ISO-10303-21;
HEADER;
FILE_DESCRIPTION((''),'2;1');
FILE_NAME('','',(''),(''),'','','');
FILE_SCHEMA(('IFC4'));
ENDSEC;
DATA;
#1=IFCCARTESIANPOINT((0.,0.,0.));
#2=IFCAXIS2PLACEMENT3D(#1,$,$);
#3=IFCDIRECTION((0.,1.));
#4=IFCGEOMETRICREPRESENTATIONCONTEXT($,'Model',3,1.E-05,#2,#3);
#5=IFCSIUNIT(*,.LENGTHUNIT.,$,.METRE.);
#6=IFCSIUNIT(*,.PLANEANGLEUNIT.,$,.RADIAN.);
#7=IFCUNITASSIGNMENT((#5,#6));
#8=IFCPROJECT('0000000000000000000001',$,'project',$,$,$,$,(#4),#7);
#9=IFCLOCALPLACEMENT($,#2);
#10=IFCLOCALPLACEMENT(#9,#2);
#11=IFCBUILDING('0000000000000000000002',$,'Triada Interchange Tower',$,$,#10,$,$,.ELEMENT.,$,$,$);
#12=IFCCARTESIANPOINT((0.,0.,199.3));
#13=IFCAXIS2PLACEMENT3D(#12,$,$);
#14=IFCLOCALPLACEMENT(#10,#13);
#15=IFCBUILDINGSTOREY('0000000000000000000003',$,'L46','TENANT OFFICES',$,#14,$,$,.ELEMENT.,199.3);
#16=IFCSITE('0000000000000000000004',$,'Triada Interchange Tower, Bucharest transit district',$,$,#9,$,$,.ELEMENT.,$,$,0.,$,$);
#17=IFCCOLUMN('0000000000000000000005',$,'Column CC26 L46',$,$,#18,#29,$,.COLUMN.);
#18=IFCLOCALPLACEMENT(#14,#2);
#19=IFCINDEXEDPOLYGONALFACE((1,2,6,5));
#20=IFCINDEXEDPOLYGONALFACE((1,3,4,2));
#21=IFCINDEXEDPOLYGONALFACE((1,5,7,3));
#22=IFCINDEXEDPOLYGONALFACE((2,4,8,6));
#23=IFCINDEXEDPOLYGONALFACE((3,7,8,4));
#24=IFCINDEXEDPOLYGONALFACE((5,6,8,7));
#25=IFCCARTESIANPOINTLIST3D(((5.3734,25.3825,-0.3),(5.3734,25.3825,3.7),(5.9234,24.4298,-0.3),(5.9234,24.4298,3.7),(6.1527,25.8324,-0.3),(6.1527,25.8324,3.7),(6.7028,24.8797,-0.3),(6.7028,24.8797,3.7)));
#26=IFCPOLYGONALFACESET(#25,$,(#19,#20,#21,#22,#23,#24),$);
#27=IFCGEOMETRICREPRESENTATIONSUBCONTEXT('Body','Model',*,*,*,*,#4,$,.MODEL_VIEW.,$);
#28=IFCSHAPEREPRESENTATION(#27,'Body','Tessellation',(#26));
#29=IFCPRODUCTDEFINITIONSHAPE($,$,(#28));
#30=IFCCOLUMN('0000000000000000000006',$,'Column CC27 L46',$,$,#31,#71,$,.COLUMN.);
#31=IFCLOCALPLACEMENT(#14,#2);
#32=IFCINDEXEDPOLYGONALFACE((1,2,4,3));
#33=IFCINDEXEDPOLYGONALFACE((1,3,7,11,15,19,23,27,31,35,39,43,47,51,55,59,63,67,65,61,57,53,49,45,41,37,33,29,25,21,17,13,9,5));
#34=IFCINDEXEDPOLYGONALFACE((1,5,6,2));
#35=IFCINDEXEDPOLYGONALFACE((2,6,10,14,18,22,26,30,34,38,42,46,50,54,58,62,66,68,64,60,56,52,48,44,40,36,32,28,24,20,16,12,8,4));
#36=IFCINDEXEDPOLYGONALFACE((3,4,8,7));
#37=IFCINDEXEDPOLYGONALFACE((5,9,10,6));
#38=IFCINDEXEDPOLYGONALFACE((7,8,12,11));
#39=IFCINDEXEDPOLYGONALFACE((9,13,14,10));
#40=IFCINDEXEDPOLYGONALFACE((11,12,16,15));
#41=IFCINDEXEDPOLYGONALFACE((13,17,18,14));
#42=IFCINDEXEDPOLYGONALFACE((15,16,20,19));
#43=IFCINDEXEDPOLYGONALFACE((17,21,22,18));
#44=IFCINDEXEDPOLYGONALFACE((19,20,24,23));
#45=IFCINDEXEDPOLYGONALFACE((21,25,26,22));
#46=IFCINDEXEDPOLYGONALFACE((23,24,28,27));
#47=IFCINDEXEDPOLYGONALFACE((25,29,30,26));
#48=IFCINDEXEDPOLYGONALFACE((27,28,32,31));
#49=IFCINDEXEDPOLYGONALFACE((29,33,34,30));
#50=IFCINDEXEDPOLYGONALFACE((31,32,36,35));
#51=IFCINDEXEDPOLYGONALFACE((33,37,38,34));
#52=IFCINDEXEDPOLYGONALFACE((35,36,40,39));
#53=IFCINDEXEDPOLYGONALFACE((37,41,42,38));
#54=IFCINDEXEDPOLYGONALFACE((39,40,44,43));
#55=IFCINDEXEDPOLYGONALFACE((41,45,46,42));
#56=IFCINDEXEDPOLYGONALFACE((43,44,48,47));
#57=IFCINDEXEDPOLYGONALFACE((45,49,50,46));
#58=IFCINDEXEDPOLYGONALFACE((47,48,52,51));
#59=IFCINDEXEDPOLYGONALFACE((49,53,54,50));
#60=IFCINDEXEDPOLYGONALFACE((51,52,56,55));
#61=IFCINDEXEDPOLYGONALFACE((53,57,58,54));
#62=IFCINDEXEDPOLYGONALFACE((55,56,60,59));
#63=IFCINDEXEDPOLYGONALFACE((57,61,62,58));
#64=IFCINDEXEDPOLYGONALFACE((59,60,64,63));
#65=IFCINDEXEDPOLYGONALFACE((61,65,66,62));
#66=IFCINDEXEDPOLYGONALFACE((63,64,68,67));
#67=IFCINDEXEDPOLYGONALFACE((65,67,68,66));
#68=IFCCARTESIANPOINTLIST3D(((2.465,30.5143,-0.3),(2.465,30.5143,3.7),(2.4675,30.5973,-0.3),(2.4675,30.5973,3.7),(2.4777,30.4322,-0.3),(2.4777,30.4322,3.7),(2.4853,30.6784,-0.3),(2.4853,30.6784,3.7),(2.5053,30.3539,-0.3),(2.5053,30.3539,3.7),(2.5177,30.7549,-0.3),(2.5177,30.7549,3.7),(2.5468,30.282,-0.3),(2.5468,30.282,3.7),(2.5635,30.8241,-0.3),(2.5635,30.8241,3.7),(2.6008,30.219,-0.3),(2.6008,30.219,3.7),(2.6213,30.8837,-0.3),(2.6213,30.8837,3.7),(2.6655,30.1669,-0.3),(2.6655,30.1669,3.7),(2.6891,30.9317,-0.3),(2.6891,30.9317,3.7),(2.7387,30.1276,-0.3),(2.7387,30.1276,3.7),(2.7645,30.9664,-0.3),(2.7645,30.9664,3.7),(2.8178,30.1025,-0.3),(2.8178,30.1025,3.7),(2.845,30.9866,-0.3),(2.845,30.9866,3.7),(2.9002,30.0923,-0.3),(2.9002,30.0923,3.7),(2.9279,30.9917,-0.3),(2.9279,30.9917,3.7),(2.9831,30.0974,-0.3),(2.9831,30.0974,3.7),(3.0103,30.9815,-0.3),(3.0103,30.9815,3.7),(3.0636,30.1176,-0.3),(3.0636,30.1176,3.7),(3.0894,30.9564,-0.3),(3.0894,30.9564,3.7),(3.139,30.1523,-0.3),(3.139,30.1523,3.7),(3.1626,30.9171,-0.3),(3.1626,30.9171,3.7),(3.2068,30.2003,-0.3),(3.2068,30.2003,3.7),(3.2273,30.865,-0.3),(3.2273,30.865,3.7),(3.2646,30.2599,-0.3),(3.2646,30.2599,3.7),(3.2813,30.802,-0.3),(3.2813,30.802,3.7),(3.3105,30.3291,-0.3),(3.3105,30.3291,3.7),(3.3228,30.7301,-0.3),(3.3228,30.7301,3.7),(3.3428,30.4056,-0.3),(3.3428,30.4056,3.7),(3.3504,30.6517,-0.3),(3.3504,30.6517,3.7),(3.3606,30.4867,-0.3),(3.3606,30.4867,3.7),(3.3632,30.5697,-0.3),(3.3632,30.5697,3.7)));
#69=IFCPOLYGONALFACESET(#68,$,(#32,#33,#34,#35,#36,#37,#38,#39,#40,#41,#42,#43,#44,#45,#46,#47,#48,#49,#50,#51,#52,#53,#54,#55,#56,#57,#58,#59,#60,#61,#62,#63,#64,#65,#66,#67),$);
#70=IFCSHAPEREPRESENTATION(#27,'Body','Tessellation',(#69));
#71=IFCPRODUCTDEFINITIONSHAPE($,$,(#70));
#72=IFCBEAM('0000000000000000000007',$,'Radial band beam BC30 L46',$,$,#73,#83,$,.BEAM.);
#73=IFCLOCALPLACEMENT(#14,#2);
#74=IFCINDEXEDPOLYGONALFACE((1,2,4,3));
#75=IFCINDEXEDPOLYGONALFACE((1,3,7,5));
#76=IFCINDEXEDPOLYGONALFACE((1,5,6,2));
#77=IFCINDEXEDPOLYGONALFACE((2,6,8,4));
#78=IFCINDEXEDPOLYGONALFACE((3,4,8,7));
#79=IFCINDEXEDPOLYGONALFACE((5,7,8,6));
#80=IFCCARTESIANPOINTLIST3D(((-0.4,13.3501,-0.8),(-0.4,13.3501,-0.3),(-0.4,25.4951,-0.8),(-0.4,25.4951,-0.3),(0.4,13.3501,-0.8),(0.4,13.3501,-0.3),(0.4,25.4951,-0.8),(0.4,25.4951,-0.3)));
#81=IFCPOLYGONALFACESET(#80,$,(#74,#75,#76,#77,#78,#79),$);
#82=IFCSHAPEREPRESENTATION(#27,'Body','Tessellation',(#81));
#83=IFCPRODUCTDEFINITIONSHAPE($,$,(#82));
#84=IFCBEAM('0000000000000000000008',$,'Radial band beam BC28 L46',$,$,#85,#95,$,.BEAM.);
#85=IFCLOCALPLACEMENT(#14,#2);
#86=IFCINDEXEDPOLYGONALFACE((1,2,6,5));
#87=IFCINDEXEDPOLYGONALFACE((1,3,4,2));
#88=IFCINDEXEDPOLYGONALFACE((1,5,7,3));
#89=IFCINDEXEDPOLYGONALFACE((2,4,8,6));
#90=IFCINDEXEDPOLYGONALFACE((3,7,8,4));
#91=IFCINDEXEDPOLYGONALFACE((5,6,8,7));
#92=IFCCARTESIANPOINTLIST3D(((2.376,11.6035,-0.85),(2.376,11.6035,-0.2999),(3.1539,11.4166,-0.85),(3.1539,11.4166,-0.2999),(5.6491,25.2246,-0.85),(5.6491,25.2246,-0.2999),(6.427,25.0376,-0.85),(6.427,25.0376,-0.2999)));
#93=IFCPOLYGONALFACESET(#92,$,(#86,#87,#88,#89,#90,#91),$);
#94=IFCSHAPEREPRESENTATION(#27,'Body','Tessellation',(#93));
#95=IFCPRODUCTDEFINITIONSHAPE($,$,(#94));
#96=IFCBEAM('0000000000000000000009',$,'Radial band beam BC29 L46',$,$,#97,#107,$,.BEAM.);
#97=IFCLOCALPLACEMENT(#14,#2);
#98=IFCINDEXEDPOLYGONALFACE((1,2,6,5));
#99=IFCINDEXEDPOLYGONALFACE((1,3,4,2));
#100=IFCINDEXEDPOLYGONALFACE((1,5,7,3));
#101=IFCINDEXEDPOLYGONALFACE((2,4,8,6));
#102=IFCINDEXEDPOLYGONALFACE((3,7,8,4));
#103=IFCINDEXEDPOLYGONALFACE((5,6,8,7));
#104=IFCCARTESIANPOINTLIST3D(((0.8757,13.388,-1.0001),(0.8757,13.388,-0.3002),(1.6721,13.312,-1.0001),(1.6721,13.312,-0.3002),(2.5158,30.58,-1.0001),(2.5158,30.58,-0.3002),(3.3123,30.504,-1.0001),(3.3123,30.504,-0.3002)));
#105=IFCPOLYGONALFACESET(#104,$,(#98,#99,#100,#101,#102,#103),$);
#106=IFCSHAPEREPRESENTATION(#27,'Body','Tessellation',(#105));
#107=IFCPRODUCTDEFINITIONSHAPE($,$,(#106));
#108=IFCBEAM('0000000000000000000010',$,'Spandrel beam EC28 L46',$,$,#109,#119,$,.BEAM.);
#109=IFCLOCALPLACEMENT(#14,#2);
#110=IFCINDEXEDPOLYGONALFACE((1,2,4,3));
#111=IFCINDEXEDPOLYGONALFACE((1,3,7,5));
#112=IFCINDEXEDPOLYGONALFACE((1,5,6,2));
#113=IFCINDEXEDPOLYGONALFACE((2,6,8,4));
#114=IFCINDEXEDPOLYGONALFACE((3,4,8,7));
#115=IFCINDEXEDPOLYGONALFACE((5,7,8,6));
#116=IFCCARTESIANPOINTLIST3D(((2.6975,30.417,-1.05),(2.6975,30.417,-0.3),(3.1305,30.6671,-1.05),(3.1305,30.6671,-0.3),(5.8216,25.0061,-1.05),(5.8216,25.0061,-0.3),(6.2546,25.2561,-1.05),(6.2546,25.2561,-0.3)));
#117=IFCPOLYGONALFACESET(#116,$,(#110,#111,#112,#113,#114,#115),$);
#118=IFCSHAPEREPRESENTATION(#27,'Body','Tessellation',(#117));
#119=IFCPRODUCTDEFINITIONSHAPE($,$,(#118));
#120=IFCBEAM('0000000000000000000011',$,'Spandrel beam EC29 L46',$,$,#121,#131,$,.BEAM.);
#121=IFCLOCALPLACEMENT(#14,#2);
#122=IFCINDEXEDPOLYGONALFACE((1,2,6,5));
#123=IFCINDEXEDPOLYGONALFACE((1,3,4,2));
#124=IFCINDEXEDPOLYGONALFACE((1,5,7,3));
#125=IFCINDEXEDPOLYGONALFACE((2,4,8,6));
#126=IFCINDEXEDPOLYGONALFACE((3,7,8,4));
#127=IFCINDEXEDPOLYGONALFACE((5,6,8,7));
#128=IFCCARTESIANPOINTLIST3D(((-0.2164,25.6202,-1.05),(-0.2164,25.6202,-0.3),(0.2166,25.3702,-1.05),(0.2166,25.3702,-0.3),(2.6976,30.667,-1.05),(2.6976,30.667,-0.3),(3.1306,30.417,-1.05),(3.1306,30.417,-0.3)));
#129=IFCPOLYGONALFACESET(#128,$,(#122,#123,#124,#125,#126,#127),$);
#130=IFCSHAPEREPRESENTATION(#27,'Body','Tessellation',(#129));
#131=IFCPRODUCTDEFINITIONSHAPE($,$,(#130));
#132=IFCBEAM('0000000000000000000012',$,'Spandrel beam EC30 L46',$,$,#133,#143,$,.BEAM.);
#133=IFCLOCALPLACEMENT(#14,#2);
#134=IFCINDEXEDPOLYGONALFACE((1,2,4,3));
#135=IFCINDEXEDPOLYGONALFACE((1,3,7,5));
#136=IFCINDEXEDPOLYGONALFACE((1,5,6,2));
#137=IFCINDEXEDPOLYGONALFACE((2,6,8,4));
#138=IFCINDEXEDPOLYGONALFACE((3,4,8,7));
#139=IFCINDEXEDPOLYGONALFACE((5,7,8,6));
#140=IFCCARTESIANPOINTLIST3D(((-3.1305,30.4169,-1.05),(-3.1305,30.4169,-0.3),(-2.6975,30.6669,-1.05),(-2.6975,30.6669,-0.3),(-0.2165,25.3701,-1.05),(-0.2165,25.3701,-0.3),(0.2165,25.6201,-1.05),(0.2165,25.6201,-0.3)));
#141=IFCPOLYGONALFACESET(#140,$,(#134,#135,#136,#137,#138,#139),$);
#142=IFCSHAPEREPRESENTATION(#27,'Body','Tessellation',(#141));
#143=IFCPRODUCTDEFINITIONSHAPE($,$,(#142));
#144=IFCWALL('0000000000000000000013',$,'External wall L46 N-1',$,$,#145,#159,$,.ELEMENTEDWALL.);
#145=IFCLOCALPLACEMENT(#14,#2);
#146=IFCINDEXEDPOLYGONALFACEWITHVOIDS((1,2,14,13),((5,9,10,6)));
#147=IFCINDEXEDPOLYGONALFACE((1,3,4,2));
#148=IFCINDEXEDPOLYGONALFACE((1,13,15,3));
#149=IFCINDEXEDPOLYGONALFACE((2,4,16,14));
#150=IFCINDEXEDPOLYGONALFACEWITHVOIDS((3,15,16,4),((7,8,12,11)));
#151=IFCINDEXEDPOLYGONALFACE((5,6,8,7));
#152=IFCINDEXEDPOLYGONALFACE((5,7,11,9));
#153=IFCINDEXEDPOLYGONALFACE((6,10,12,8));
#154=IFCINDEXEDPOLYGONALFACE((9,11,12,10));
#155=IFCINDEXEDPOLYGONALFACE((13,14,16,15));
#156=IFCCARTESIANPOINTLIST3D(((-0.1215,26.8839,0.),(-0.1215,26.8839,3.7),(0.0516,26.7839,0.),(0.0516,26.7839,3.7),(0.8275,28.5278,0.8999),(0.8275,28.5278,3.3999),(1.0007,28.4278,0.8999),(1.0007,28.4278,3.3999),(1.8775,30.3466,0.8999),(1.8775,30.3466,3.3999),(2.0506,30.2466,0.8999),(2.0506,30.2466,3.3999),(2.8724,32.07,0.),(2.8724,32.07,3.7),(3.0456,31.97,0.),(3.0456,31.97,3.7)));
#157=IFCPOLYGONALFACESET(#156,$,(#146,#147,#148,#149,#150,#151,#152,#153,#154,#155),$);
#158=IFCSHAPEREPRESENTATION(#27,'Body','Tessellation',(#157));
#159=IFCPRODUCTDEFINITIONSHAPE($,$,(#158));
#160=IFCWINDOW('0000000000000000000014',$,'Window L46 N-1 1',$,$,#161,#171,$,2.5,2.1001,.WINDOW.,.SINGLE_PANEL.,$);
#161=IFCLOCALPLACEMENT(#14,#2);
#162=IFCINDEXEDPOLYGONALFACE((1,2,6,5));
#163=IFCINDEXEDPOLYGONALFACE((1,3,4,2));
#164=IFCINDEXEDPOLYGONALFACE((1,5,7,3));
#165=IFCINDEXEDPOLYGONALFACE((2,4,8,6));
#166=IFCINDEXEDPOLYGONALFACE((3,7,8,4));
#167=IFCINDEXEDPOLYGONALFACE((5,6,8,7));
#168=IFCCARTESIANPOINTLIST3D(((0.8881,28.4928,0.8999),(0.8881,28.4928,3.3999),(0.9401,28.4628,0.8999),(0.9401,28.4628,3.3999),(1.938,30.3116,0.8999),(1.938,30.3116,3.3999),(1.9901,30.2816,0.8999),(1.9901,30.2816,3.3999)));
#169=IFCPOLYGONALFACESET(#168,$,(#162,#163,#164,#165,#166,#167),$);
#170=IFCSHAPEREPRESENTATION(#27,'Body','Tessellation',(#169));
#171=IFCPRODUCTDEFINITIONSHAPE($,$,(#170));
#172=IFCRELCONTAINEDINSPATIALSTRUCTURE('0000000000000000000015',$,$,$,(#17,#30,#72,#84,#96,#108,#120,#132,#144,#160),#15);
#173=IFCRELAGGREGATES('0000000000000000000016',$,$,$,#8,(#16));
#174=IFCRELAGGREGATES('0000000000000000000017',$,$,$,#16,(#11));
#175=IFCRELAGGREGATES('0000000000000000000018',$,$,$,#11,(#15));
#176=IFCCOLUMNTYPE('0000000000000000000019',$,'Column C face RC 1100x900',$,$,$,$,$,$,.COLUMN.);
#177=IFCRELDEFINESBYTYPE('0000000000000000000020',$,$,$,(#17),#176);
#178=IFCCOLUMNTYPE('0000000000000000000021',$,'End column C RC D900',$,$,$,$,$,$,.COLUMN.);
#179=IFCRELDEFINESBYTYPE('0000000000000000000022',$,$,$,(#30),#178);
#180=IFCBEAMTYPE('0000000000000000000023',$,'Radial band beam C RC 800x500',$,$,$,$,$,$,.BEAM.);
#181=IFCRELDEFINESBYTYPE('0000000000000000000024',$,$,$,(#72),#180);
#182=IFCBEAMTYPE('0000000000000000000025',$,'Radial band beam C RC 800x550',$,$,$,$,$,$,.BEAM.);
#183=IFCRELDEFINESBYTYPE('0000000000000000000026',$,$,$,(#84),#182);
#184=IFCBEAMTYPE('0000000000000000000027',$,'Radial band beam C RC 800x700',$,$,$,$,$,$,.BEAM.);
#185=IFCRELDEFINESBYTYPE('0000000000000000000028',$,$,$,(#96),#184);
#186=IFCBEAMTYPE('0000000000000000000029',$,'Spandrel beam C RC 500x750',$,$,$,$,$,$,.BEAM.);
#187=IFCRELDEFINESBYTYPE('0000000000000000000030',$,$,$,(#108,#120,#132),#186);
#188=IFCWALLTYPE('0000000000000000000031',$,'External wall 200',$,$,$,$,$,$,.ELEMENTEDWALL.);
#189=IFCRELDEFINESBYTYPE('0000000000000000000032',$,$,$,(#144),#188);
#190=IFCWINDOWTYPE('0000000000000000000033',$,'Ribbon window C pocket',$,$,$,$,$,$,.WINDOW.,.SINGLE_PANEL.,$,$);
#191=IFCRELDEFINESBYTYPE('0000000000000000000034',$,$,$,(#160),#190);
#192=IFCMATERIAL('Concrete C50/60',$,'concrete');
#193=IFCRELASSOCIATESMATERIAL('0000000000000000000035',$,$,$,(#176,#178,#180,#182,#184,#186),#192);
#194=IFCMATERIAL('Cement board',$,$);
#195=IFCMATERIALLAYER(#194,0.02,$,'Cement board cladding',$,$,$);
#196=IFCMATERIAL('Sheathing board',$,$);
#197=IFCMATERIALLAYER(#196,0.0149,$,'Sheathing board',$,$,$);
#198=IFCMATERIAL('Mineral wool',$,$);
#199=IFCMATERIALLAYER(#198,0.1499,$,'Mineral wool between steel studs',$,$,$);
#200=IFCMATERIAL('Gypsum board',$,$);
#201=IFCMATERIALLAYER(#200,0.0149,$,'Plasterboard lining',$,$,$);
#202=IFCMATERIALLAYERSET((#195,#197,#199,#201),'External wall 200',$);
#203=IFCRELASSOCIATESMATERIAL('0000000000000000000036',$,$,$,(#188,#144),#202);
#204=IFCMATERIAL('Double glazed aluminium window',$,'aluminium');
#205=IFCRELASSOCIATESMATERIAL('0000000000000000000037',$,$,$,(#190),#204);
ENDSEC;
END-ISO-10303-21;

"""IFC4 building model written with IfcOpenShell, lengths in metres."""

from ifc_helpers import new_model, si_unit, direction, frame, frame_2d, origin, origin_2d, place, context, subcontext, project, spatial, rectangle, circle, extrude, material, layer, layer_set, layer_usage, material_profile, profile_set, type_object, element, fill, save


model = new_model("IFC4")

# Units and contexts
model_context = context("Model", 3, precision=1e-05, world=origin(), true_north=direction((0.0, 1.0)))
body_context = subcontext(model_context, "Body", "Model", "MODEL_VIEW")
ifc_project = project(units=[si_unit("LENGTHUNIT", "METRE"), si_unit("PLANEANGLEUNIT", "RADIAN")], contexts=[model_context])

# Site, building, storey
site_placement = place(None, origin())
site = spatial("IfcSite", under=ifc_project, at=site_placement, Name="Triada Interchange Tower, Bucharest transit district", CompositionType="ELEMENT", RefElevation=0.0)
building_placement = place(site_placement, origin())
building = spatial("IfcBuilding", under=site, at=building_placement, Name="Triada Interchange Tower", CompositionType="ELEMENT")
storey_placement = place(building_placement, frame((0.0, 0.0, 199.3)))
storey = spatial("IfcBuildingStorey", under=building, at=storey_placement, Name="L46", Description="TENANT OFFICES", CompositionType="ELEMENT", Elevation=199.3)

# Columns
ifc_material_1 = material(Name="Concrete C50/60", Category="concrete")
ifc_material_profile_1 = material_profile(ifc_material_1, rectangle(XDim=1.1001, YDim=0.8999, at=origin_2d()), Name="RC 1100x900")
ifc_profile_set_1 = profile_set([ifc_material_profile_1], Name="Concrete C50/60")
column_type_1 = type_object("IfcColumnType", Name="Column C face RC 1100x900", PredefinedType="COLUMN", material=ifc_profile_set_1)
column_1_placement = place(storey_placement, frame((6.0381, 25.1311, -0.3), z_axis=(0.0, 0.0, 1.0), x_axis=(-0.5, 0.866025, 0.0)))
element("IfcColumn", 1, at=column_1_placement, inside=storey, type_object=column_type_1, Name="Column CC26 L46", PredefinedType="COLUMN", context=body_context, shape_type="SweptSolid", body=[
    extrude(rectangle(XDim=1.1001, YDim=0.8999, at=origin_2d()), origin(), (0.0, 0.0, 1.0), 4.0),
])
ifc_material_profile_2 = material_profile(ifc_material_1, circle(Radius=0.45, at=origin_2d()), Name="RC D900")
ifc_profile_set_2 = profile_set([ifc_material_profile_2], Name="Concrete C50/60")
column_type_2 = type_object("IfcColumnType", Name="End column C RC D900", PredefinedType="COLUMN", material=ifc_profile_set_2)
column_2_placement = place(storey_placement, frame((2.9141, 30.542, -0.3), z_axis=(0.0, 0.0, 1.0), x_axis=(-0.5, 0.866025, 0.0)))
element("IfcColumn", 2, at=column_2_placement, inside=storey, type_object=column_type_2, Name="Column CC27 L46", PredefinedType="COLUMN", context=body_context, shape_type="SweptSolid", body=[
    extrude(circle(Radius=0.45, at=origin_2d()), origin(), (0.0, 0.0, 1.0), 4.0),
])

# Beams
ifc_material_profile_3 = material_profile(ifc_material_1, rectangle(XDim=0.8, YDim=0.5, at=origin_2d()), Name="RC 800x500")
ifc_profile_set_3 = profile_set([ifc_material_profile_3], Name="Concrete C50/60")
beam_type_1 = type_object("IfcBeamType", Name="Radial band beam C RC 800x500", PredefinedType="BEAM", material=ifc_profile_set_3)
beam_1_placement = place(storey_placement, frame((0.0, 25.4951, -0.55), z_axis=(0.0, -1.0, 0.0), x_axis=(1.0, 0.0, 0.0)))
element("IfcBeam", 3, at=beam_1_placement, inside=storey, type_object=beam_type_1, Name="Radial band beam BC30 L46", PredefinedType="BEAM", context=body_context, shape_type="SweptSolid", body=[
    extrude(rectangle(XDim=0.8, YDim=0.5, at=origin_2d()), origin(), (0.0, 0.0, 1.0), 12.145),
])
ifc_material_profile_4 = material_profile(ifc_material_1, rectangle(XDim=0.8, YDim=0.55, at=origin_2d()), Name="RC 800x550")
ifc_profile_set_4 = profile_set([ifc_material_profile_4], Name="Concrete C50/60")
beam_type_2 = type_object("IfcBeamType", Name="Radial band beam C RC 800x550", PredefinedType="BEAM", material=ifc_profile_set_4)
beam_2_placement = place(storey_placement, frame((6.0381, 25.1311, -0.575), z_axis=(-0.233652, -0.97232, 0.0), x_axis=(0.97232, -0.233652, 0.0)))
element("IfcBeam", 4, at=beam_2_placement, inside=storey, type_object=beam_type_2, Name="Radial band beam BC28 L46", PredefinedType="BEAM", context=body_context, shape_type="SweptSolid", body=[
    extrude(rectangle(XDim=0.8, YDim=0.55, at=origin_2d()), origin(), (0.0, 0.0, 1.0), 14.0088),
])
ifc_material_profile_5 = material_profile(ifc_material_1, rectangle(XDim=0.8, YDim=0.7, at=origin_2d()), Name="RC 800x700")
ifc_profile_set_5 = profile_set([ifc_material_profile_5], Name="Concrete C50/60")
beam_type_3 = type_object("IfcBeamType", Name="Radial band beam C RC 800x700", PredefinedType="BEAM", material=ifc_profile_set_5)
beam_3_placement = place(storey_placement, frame((2.9141, 30.542, -0.6501), z_axis=(-0.094971, -0.99548, 0.0), x_axis=(0.99548, -0.094971, 0.0)))
element("IfcBeam", 5, at=beam_3_placement, inside=storey, type_object=beam_type_3, Name="Radial band beam BC29 L46", PredefinedType="BEAM", context=body_context, shape_type="SweptSolid", body=[
    extrude(rectangle(XDim=0.8, YDim=0.7, at=origin_2d()), origin(), (0.0, 0.0, 1.0), 17.27),
])
ifc_material_profile_6 = material_profile(ifc_material_1, rectangle(XDim=0.5, YDim=0.75, at=origin_2d()), Name="RC 500x750")
ifc_profile_set_6 = profile_set([ifc_material_profile_6], Name="Concrete C50/60")
beam_type_4 = type_object("IfcBeamType", Name="Spandrel beam C RC 500x750", PredefinedType="BEAM", material=ifc_profile_set_6)
beam_4_placement = place(storey_placement, frame((6.0381, 25.1311, -0.675), z_axis=(-0.500005, 0.866022, 0.0), x_axis=(-0.866022, -0.500005, 0.0)))
element("IfcBeam", 6, at=beam_4_placement, inside=storey, type_object=beam_type_4, Name="Spandrel beam EC28 L46", PredefinedType="BEAM", context=body_context, shape_type="SweptSolid", body=[
    extrude(rectangle(XDim=0.5, YDim=0.75, at=origin_2d()), origin(), (0.0, 0.0, 1.0), 6.248),
])
for number, where, z_axis, x_axis, name in (
    (7, (2.9141, 30.542, -0.675), (-0.500032, -0.866007, 0.0), (0.866007, -0.500032, 0.0), "Spandrel beam EC29 L46"),
    (8, (0.0, 25.4951, -0.675), (-0.500032, 0.866007, 0.0), (-0.866007, -0.500032, 0.0), "Spandrel beam EC30 L46"),
):
    element("IfcBeam", number, at=place(storey_placement, frame(where, z_axis=z_axis, x_axis=x_axis)), inside=storey, type_object=beam_type_4, Name=name, PredefinedType="BEAM", context=body_context, shape_type="SweptSolid", body=[
        extrude(rectangle(XDim=0.5, YDim=0.75, at=origin_2d()), origin(), (0.0, 0.0, 1.0), 5.8276),
    ])

# Wall, opening, window
ifc_material_2 = material(Name="Cement board")
ifc_layer_1 = layer(ifc_material_2, 0.02, Name="Cement board cladding")
ifc_material_3 = material(Name="Sheathing board")
ifc_layer_2 = layer(ifc_material_3, 0.0149, Name="Sheathing board")
ifc_material_4 = material(Name="Mineral wool")
ifc_layer_3 = layer(ifc_material_4, 0.1499, Name="Mineral wool between steel studs")
ifc_material_5 = material(Name="Gypsum board")
ifc_layer_4 = layer(ifc_material_5, 0.0149, Name="Plasterboard lining")
ifc_layer_set_1 = layer_set([ifc_layer_1, ifc_layer_2, ifc_layer_3, ifc_layer_4], Name="External wall 200")
ifc_layer_usage = layer_usage(ifc_layer_set_1, "AXIS2", "POSITIVE", -0.1001)
wall_type_1 = type_object("IfcWallType", Name="External wall 200", PredefinedType="ELEMENTEDWALL", material=ifc_layer_set_1)
wall_1_placement = place(storey_placement, frame((2.959, 32.02, 0.0), z_axis=(0.0, 0.0, 1.0), x_axis=(-0.499967, -0.866044, 0.0)))
wall_1 = element("IfcWall", 9, at=wall_1_placement, inside=storey, type_object=wall_type_1, material=ifc_layer_usage, Name="External wall L46 N-1", PredefinedType="ELEMENTEDWALL", context=body_context, shape_type="SweptSolid", body=[
    extrude(rectangle(XDim=5.9883, YDim=0.2, at=frame_2d((2.9941, 0.0))), origin(), (0.0, 0.0, 1.0), 3.7),
])
opening_1_placement = place(wall_1_placement, frame((1.99, 0.0, 0.8999)))
opening_1 = element("IfcOpeningElement", 10, at=opening_1_placement, cuts=wall_1, PredefinedType="OPENING", context=body_context, shape_type="SweptSolid", body=[
    extrude(rectangle(XDim=2.1001, YDim=2.5, at=frame_2d((1.05, 1.25))), frame((0.0, 0.1099, 0.0), z_axis=(0.0, -1.0, 0.0), x_axis=(1.0, 0.0, 0.0)), (0.0, 0.0, 1.0), 0.22),
])
ifc_material_6 = material(Name="Double glazed aluminium window", Category="aluminium")
window_type = type_object("IfcWindowType", Name="Ribbon window C pocket", PartitioningType="SINGLE_PANEL", PredefinedType="WINDOW", material=ifc_material_6)
window_1_placement = place(opening_1_placement, origin())
window_1 = element("IfcWindow", 11, at=window_1_placement, inside=storey, type_object=window_type, Name="Window L46 N-1 1", OverallHeight=2.5, OverallWidth=2.1001, PartitioningType="SINGLE_PANEL", PredefinedType="WINDOW", context=body_context, shape_type="SweptSolid", body=[
    extrude(rectangle(XDim=2.1001, YDim=2.5, at=frame_2d((1.05, 1.25))), frame((0.0, 0.03, 0.0), z_axis=(0.0, -1.0, 0.0), x_axis=(1.0, 0.0, 0.0)), (0.0, 0.0, 1.0), 0.0601),
])
fill(opening_1, window_1)

save(model, "model.ifc")
